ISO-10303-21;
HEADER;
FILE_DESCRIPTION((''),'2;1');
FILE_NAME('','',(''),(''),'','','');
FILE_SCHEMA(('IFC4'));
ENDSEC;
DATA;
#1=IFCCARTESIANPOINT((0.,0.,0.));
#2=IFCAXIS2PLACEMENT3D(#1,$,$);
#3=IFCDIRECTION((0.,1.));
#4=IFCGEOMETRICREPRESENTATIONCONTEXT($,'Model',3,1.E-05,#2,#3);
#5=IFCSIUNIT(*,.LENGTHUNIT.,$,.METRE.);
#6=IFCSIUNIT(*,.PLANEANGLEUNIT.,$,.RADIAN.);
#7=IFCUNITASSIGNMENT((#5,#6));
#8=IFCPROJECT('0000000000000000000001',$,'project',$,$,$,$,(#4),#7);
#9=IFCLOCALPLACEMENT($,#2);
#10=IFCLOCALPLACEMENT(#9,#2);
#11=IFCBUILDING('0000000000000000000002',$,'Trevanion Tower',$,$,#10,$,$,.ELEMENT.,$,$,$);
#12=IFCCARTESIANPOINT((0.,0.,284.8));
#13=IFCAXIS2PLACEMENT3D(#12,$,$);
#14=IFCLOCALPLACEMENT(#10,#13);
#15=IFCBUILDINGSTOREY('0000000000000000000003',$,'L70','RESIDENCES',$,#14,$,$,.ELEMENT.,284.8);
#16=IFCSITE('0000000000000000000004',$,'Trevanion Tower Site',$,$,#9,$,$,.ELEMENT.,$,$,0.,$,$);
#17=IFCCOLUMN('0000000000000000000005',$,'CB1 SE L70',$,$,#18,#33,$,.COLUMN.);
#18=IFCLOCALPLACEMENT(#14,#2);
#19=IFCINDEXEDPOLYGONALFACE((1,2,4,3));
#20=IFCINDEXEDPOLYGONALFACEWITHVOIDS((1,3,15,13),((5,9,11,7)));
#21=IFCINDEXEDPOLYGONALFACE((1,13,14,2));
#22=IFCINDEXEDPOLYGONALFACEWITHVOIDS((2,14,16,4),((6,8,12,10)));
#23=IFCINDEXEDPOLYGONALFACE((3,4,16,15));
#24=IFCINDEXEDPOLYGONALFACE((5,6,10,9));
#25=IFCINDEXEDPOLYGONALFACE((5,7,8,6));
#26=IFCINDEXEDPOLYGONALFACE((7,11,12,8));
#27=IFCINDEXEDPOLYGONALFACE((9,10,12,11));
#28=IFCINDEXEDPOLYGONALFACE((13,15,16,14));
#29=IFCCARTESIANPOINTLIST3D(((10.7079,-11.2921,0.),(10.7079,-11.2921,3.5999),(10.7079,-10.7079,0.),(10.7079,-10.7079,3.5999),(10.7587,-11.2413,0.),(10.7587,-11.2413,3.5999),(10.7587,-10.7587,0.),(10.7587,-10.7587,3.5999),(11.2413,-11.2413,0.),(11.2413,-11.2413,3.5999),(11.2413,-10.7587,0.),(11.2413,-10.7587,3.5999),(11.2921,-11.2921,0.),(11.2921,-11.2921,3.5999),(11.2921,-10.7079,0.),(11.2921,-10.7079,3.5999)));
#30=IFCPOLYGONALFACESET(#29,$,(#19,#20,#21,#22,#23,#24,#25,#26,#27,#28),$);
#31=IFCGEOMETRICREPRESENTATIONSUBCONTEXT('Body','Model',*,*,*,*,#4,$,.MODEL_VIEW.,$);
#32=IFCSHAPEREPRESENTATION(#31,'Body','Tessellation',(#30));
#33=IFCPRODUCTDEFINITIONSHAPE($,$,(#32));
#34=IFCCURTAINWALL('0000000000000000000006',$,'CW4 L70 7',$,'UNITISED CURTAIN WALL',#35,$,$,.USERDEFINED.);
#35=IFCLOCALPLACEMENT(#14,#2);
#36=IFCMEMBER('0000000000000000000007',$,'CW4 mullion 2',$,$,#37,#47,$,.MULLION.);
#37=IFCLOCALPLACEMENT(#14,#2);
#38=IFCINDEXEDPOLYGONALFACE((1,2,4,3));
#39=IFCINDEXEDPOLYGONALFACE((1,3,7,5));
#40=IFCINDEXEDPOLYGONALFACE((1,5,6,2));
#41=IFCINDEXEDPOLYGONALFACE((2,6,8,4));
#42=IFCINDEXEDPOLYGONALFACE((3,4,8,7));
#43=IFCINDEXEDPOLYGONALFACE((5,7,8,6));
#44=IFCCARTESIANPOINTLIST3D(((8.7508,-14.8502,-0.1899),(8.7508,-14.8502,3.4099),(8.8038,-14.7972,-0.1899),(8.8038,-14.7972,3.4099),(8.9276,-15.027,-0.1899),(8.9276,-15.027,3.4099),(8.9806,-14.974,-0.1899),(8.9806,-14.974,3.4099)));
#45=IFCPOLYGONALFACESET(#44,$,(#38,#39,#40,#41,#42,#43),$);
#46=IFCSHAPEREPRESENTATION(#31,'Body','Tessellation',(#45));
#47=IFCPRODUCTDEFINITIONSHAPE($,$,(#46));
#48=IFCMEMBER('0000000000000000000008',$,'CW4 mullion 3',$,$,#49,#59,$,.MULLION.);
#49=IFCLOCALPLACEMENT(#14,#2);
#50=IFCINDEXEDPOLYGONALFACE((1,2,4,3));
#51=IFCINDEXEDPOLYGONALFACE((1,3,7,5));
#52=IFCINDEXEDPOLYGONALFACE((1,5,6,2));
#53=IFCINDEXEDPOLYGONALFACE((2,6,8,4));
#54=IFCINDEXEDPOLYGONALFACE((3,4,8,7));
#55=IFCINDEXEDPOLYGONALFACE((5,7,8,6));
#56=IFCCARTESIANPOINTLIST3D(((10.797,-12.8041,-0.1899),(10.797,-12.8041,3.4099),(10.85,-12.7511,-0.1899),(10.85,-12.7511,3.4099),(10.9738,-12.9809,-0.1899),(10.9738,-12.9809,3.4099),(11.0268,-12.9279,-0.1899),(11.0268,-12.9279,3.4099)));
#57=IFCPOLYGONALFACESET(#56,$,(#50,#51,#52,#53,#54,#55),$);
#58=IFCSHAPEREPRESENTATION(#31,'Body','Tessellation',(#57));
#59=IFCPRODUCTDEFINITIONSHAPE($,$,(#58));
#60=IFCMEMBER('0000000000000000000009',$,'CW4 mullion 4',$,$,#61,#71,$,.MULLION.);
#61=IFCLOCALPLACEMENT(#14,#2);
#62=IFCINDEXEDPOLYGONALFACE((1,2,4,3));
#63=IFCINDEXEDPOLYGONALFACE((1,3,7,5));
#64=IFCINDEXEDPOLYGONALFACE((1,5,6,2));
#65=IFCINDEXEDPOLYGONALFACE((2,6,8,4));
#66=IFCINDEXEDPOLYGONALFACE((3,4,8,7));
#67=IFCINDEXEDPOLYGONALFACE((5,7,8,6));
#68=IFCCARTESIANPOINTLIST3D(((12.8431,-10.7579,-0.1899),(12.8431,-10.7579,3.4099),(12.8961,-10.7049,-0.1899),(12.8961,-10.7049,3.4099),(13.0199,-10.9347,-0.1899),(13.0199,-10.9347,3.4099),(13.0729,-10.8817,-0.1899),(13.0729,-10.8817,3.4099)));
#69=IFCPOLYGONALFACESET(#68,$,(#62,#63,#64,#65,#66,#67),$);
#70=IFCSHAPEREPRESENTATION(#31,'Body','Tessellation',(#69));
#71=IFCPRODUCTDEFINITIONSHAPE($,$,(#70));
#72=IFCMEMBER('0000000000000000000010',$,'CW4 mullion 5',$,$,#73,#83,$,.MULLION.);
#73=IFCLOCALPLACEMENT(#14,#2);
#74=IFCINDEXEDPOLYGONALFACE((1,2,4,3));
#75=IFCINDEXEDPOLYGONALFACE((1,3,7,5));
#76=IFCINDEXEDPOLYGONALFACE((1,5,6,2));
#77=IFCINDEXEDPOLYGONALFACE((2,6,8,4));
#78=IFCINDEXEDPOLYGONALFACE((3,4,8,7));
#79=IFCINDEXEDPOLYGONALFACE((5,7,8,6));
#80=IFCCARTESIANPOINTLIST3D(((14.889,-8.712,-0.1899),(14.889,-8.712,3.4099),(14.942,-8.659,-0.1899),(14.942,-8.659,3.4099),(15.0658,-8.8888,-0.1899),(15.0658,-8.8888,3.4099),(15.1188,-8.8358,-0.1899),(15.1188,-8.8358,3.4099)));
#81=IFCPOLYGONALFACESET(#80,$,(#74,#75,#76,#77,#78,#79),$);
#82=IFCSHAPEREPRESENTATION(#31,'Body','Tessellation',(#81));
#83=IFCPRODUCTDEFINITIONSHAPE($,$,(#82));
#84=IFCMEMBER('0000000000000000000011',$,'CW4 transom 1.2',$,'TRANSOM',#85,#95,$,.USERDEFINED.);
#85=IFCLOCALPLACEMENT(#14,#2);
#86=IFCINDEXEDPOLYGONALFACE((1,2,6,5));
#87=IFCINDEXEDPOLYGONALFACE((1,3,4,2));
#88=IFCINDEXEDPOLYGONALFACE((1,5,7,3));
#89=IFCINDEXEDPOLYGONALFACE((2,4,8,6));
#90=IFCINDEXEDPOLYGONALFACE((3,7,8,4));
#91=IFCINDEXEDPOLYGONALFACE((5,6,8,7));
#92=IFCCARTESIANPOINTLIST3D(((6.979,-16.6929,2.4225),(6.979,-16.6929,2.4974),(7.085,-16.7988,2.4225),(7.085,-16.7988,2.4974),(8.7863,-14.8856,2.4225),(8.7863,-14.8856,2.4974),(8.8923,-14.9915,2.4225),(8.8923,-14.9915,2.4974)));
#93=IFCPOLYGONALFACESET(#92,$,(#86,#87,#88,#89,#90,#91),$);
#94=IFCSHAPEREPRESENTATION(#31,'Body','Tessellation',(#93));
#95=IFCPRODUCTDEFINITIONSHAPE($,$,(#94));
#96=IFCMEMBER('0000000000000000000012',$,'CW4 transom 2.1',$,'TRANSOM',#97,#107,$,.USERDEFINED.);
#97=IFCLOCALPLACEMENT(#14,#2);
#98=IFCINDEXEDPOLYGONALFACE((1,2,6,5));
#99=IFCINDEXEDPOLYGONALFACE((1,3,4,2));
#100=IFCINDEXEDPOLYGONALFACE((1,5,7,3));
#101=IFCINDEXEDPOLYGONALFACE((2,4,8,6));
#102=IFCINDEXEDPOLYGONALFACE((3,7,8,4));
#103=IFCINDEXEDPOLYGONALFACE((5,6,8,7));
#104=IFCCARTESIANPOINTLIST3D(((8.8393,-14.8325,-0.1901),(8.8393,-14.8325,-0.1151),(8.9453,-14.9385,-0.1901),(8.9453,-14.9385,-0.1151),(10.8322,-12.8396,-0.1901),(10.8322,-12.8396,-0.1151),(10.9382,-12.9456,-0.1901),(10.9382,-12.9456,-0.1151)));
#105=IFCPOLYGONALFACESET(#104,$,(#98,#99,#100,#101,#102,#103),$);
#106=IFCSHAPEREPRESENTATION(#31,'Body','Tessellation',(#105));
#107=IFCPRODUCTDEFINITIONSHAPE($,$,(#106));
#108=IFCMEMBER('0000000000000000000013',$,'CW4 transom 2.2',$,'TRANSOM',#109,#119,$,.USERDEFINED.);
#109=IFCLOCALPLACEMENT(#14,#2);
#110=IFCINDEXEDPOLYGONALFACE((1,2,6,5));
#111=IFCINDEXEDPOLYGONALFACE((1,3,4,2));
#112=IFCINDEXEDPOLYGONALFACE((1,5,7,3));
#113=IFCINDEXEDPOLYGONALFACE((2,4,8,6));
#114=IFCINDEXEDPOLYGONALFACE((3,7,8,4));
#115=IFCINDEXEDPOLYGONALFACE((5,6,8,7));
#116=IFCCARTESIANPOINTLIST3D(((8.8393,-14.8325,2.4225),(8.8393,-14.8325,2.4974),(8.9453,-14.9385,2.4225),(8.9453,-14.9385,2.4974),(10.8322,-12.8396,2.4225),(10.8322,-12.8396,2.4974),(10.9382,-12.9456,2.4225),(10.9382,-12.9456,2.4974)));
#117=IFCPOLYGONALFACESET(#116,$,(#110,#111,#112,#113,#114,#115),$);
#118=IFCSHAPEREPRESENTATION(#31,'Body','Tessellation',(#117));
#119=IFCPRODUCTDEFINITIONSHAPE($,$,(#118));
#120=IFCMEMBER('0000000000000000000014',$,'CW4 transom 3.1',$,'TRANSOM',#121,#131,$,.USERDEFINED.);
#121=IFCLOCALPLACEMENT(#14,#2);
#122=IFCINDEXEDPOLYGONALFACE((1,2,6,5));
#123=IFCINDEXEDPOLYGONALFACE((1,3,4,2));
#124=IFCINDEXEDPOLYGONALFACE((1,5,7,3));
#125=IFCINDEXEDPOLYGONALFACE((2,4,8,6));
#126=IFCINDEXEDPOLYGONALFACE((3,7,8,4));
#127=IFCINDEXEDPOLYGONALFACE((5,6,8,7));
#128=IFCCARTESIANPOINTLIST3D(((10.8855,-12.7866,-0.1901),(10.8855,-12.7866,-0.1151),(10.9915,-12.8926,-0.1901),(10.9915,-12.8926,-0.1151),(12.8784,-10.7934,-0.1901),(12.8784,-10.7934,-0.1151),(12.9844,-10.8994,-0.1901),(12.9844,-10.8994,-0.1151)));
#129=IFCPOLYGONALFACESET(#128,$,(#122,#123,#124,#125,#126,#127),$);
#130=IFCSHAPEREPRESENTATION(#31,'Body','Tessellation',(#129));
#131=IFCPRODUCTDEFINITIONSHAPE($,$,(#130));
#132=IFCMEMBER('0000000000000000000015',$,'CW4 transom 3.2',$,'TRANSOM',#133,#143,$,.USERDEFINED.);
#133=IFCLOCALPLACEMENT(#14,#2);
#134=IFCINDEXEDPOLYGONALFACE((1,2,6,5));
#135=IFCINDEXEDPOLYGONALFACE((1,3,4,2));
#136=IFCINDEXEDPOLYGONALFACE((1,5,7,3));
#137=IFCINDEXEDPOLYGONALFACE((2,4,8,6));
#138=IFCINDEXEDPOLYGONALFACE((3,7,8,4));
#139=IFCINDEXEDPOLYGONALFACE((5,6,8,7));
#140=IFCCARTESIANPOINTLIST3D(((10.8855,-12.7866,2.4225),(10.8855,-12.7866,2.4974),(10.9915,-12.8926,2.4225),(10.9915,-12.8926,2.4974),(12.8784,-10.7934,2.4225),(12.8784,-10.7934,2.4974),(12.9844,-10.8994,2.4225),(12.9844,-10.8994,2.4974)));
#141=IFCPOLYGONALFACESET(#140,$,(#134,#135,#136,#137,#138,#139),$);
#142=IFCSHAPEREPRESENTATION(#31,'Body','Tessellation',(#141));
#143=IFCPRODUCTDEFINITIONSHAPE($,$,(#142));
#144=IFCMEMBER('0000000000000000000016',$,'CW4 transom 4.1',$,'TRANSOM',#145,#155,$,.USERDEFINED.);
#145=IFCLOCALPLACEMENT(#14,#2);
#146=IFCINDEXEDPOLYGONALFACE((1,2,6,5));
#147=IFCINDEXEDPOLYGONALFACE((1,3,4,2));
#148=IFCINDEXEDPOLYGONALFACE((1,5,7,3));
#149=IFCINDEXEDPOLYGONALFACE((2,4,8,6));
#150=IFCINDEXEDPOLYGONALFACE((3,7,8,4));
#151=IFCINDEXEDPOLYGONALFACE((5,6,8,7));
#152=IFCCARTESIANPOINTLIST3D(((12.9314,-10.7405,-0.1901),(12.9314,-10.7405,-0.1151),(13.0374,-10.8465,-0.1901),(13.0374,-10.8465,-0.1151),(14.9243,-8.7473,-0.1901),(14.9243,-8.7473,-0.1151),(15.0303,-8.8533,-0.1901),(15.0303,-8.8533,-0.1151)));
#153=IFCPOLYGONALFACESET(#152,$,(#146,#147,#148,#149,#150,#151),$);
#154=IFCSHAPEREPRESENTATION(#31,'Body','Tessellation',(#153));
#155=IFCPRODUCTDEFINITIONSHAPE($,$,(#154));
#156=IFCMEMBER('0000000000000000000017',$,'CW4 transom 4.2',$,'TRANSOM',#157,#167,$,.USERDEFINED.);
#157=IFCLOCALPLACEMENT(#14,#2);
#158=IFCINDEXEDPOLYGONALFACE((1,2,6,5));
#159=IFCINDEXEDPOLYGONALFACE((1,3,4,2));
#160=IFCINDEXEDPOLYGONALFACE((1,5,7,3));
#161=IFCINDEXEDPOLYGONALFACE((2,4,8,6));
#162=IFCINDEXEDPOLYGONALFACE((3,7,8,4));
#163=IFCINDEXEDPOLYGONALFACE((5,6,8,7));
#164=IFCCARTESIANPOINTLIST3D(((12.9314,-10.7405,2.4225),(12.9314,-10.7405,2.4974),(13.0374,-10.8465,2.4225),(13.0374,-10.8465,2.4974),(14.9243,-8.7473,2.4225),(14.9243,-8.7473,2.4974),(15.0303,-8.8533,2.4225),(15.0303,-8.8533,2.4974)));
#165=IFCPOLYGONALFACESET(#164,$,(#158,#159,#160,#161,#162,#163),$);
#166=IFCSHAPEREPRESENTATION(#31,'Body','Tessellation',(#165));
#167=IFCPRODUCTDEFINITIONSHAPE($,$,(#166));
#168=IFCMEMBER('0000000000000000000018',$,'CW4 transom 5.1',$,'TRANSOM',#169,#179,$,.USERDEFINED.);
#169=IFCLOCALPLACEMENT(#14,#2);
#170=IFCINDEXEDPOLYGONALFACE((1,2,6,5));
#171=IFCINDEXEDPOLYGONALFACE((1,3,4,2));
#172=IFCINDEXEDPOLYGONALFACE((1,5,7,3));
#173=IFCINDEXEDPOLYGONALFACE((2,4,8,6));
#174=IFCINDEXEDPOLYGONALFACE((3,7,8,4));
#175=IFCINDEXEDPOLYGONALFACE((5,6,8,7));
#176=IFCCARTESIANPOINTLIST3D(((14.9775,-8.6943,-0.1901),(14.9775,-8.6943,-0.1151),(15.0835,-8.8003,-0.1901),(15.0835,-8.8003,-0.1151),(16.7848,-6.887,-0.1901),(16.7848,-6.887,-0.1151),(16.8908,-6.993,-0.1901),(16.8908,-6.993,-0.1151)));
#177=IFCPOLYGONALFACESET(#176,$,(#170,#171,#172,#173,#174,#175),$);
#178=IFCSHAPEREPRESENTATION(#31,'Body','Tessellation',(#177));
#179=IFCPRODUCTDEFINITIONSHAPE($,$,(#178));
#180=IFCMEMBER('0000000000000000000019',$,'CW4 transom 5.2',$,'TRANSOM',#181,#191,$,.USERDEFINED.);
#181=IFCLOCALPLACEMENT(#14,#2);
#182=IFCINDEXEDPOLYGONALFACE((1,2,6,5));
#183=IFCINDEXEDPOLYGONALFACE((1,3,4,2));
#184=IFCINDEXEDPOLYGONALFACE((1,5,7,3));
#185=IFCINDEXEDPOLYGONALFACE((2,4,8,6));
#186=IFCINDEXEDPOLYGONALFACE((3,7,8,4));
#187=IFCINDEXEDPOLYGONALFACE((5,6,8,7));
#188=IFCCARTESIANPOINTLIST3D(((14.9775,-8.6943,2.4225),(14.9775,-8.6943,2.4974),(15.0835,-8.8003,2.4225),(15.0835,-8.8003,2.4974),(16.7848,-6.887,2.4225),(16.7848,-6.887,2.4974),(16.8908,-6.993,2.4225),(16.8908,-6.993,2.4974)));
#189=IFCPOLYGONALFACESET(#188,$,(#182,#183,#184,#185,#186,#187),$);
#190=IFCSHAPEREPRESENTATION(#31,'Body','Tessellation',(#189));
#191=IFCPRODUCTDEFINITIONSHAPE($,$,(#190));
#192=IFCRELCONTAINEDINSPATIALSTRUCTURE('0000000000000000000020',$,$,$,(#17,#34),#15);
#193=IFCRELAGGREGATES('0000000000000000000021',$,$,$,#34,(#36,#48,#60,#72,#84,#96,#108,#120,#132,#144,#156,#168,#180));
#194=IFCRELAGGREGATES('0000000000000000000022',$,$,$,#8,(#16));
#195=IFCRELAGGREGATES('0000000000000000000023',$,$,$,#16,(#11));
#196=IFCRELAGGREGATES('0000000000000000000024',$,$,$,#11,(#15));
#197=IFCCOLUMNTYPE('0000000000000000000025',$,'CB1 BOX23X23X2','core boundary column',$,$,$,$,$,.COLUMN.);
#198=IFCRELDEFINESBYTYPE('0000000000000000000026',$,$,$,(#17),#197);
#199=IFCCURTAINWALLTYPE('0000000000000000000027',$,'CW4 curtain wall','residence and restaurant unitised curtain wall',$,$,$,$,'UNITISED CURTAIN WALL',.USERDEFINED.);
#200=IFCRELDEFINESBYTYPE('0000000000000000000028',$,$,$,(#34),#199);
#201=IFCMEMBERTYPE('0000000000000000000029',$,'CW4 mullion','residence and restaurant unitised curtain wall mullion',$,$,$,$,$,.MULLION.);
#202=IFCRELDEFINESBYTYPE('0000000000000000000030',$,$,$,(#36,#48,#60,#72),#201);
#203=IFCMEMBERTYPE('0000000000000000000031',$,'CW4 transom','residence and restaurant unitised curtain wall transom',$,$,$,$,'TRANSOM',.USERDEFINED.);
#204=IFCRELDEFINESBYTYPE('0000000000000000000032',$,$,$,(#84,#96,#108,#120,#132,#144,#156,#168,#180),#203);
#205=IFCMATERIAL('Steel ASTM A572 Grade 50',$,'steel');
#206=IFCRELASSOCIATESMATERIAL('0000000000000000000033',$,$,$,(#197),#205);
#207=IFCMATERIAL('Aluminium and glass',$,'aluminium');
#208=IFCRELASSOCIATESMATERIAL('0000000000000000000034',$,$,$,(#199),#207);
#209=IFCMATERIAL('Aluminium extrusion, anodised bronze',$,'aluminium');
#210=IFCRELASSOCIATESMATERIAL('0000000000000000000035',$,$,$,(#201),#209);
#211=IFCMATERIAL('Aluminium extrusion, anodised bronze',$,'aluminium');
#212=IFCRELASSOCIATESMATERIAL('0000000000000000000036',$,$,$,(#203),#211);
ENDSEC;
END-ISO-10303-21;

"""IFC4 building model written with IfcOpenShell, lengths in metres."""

from ifc_helpers import new_model, si_unit, direction, frame, origin, origin_2d, place, context, subcontext, project, spatial, rectangle, hollow_rectangle, extrude, material, material_profile, profile_set, type_object, element, aggregate, save


model = new_model("IFC4")

# Units and contexts
model_context = context("Model", 3, precision=1e-05, world=origin(), true_north=direction((0.0, 1.0)))
body_context = subcontext(model_context, "Body", "Model", "MODEL_VIEW")
ifc_project = project(units=[si_unit("LENGTHUNIT", "METRE"), si_unit("PLANEANGLEUNIT", "RADIAN")], contexts=[model_context])

# Site, building, storey
site_placement = place(None, origin())
site = spatial("IfcSite", under=ifc_project, at=site_placement, Name="Trevanion Tower Site", CompositionType="ELEMENT", RefElevation=0.0)
building_placement = place(site_placement, origin())
building = spatial("IfcBuilding", under=site, at=building_placement, Name="Trevanion Tower", CompositionType="ELEMENT")
storey_placement = place(building_placement, frame((0.0, 0.0, 284.8)))
storey = spatial("IfcBuildingStorey", under=building, at=storey_placement, Name="L70", Description="RESIDENCES", CompositionType="ELEMENT", Elevation=284.8)

# Column
ifc_material_1 = material(Name="Steel ASTM A572 Grade 50", Category="steel")
ifc_material_profile_1 = material_profile(ifc_material_1, hollow_rectangle(XDim=0.5842, YDim=0.5842, WallThickness=0.0508, at=origin_2d()), Name="BOX23X23X2")
ifc_profile_set_1 = profile_set([ifc_material_profile_1], Name="Steel ASTM A572 Grade 50")
column_type = type_object("IfcColumnType", Name="CB1 BOX23X23X2", Description="core boundary column", PredefinedType="COLUMN", material=ifc_profile_set_1)
column_placement = place(storey_placement, frame((11.0, -11.0, 0.0), z_axis=(0.0, 0.0, 1.0), x_axis=(1.0, 0.0, 0.0)))
element("IfcColumn", 1, at=column_placement, inside=storey, type_object=column_type, Name="CB1 SE L70", PredefinedType="COLUMN", context=body_context, shape_type="SweptSolid", body=[
    extrude(hollow_rectangle(XDim=0.5842, YDim=0.5842, WallThickness=0.0508, at=origin_2d()), origin(), (0.0, 0.0, 1.0), 3.5999),
])

# Curtain wall, members
ifc_material_2 = material(Name="Aluminium and glass", Category="aluminium")
curtain_wall_type = type_object("IfcCurtainWallType", Name="CW4 curtain wall", Description="residence and restaurant unitised curtain wall", ElementType="UNITISED CURTAIN WALL", PredefinedType="USERDEFINED", material=ifc_material_2)
curtain_wall_placement = place(storey_placement, origin())
curtain_wall = element("IfcCurtainWall", 2, at=curtain_wall_placement, inside=storey, type_object=curtain_wall_type, Name="CW4 L70 7", ObjectType="UNITISED CURTAIN WALL", PredefinedType="USERDEFINED")
ifc_material_3 = material(Name="Aluminium extrusion, anodised bronze", Category="aluminium")
ifc_material_profile_2 = material_profile(ifc_material_3, rectangle(XDim=0.075, YDim=0.25, at=origin_2d()), Name="CW4 mullion")
ifc_profile_set_2 = profile_set([ifc_material_profile_2], Name="Aluminium extrusion, anodised bronze")
member_type_1 = type_object("IfcMemberType", Name="CW4 mullion", Description="residence and restaurant unitised curtain wall mullion", PredefinedType="MULLION", material=ifc_profile_set_2)
member_1_placement = place(storey_placement, frame((8.8657, -14.9121, -0.1899), z_axis=(0.0, 0.0, 1.0), x_axis=(0.707107, 0.707107, 0.0)))
member_1 = element("IfcMember", 3, at=member_1_placement, type_object=member_type_1, Name="CW4 mullion 2", PredefinedType="MULLION", context=body_context, shape_type="SweptSolid", body=[
    extrude(rectangle(XDim=0.075, YDim=0.25, at=origin_2d()), origin(), (0.0, 0.0, 1.0), 3.5999),
])
member_2_placement = place(storey_placement, frame((10.9119, -12.866, -0.1899), z_axis=(0.0, 0.0, 1.0), x_axis=(0.707107, 0.707107, 0.0)))
member_2 = element("IfcMember", 4, at=member_2_placement, type_object=member_type_1, Name="CW4 mullion 3", PredefinedType="MULLION", context=body_context, shape_type="SweptSolid", body=[
    extrude(rectangle(XDim=0.075, YDim=0.25, at=origin_2d()), origin(), (0.0, 0.0, 1.0), 3.5999),
])
member_3_placement = place(storey_placement, frame((12.958, -10.8198, -0.1899), z_axis=(0.0, 0.0, 1.0), x_axis=(0.707107, 0.707107, 0.0)))
member_3 = element("IfcMember", 5, at=member_3_placement, type_object=member_type_1, Name="CW4 mullion 4", PredefinedType="MULLION", context=body_context, shape_type="SweptSolid", body=[
    extrude(rectangle(XDim=0.075, YDim=0.25, at=origin_2d()), origin(), (0.0, 0.0, 1.0), 3.5999),
])
member_4_placement = place(storey_placement, frame((15.0039, -8.7739, -0.1899), z_axis=(0.0, 0.0, 1.0), x_axis=(0.707107, 0.707107, 0.0)))
member_4 = element("IfcMember", 6, at=member_4_placement, type_object=member_type_1, Name="CW4 mullion 5", PredefinedType="MULLION", context=body_context, shape_type="SweptSolid", body=[
    extrude(rectangle(XDim=0.075, YDim=0.25, at=origin_2d()), origin(), (0.0, 0.0, 1.0), 3.5999),
])
ifc_material_4 = material(Name="Aluminium extrusion, anodised bronze", Category="aluminium")
ifc_material_profile_3 = material_profile(ifc_material_4, rectangle(XDim=0.1499, YDim=0.075, at=origin_2d()), Name="CW4 transom")
ifc_profile_set_3 = profile_set([ifc_material_profile_3], Name="Aluminium extrusion, anodised bronze")
member_type_2 = type_object("IfcMemberType", Name="CW4 transom", Description="residence and restaurant unitised curtain wall transom", ElementType="TRANSOM", PredefinedType="USERDEFINED", material=ifc_profile_set_3)
member_5_placement = place(storey_placement, frame((7.032, -16.7458, 2.46), z_axis=(0.707107, 0.707107, 0.0), x_axis=(-0.707107, 0.707107, 0.0)))
member_5 = element("IfcMember", 7, at=member_5_placement, type_object=member_type_2, Name="CW4 transom 1.2", ObjectType="TRANSOM", PredefinedType="USERDEFINED", context=body_context, shape_type="SweptSolid", body=[
    extrude(rectangle(XDim=0.1499, YDim=0.075, at=origin_2d()), origin(), (0.0, 0.0, 1.0), 2.5559),
])
member_6_placement = place(storey_placement, frame((8.8923, -14.8855, -0.1526), z_axis=(0.707107, 0.707107, 0.0), x_axis=(-0.707107, 0.707107, 0.0)))
member_6 = element("IfcMember", 8, at=member_6_placement, type_object=member_type_2, Name="CW4 transom 2.1", ObjectType="TRANSOM", PredefinedType="USERDEFINED", context=body_context, shape_type="SweptSolid", body=[
    extrude(rectangle(XDim=0.1499, YDim=0.075, at=origin_2d()), origin(), (0.0, 0.0, 1.0), 2.8184),
])
member_7_placement = place(storey_placement, frame((8.8923, -14.8855, 2.46), z_axis=(0.707107, 0.707107, 0.0), x_axis=(-0.707107, 0.707107, 0.0)))
member_7 = element("IfcMember", 9, at=member_7_placement, type_object=member_type_2, Name="CW4 transom 2.2", ObjectType="TRANSOM", PredefinedType="USERDEFINED", context=body_context, shape_type="SweptSolid", body=[
    extrude(rectangle(XDim=0.1499, YDim=0.075, at=origin_2d()), origin(), (0.0, 0.0, 1.0), 2.8184),
])
member_8_placement = place(storey_placement, frame((10.9385, -12.8396, -0.1526), z_axis=(0.707063, 0.70715, 0.0), x_axis=(-0.70715, 0.707063, 0.0)))
member_8 = element("IfcMember", 10, at=member_8_placement, type_object=member_type_2, Name="CW4 transom 3.1", ObjectType="TRANSOM", PredefinedType="USERDEFINED", context=body_context, shape_type="SweptSolid", body=[
    extrude(rectangle(XDim=0.1499, YDim=0.075, at=origin_2d()), origin(), (0.0, 0.0, 1.0), 2.8186),
])
member_9_placement = place(storey_placement, frame((10.9385, -12.8396, 2.46), z_axis=(0.707063, 0.70715, 0.0), x_axis=(-0.70715, 0.707063, 0.0)))
member_9 = element("IfcMember", 11, at=member_9_placement, type_object=member_type_2, Name="CW4 transom 3.2", ObjectType="TRANSOM", PredefinedType="USERDEFINED", context=body_context, shape_type="SweptSolid", body=[
    extrude(rectangle(XDim=0.1499, YDim=0.075, at=origin_2d()), origin(), (0.0, 0.0, 1.0), 2.8186),
])
member_10_placement = place(storey_placement, frame((12.9844, -10.7935, -0.1526), z_axis=(0.707063, 0.70715, 0.0), x_axis=(-0.70715, 0.707063, 0.0)))
member_10 = element("IfcMember", 12, at=member_10_placement, type_object=member_type_2, Name="CW4 transom 4.1", ObjectType="TRANSOM", PredefinedType="USERDEFINED", context=body_context, shape_type="SweptSolid", body=[
    extrude(rectangle(XDim=0.1499, YDim=0.075, at=origin_2d()), origin(), (0.0, 0.0, 1.0), 2.8186),
])
member_11_placement = place(storey_placement, frame((12.9844, -10.7935, 2.46), z_axis=(0.707063, 0.70715, 0.0), x_axis=(-0.70715, 0.707063, 0.0)))
member_11 = element("IfcMember", 13, at=member_11_placement, type_object=member_type_2, Name="CW4 transom 4.2", ObjectType="TRANSOM", PredefinedType="USERDEFINED", context=body_context, shape_type="SweptSolid", body=[
    extrude(rectangle(XDim=0.1499, YDim=0.075, at=origin_2d()), origin(), (0.0, 0.0, 1.0), 2.8186),
])
member_12_placement = place(storey_placement, frame((15.0305, -8.7473, -0.1526), z_axis=(0.707107, 0.707107, 0.0), x_axis=(-0.707107, 0.707107, 0.0)))
member_12 = element("IfcMember", 14, at=member_12_placement, type_object=member_type_2, Name="CW4 transom 5.1", ObjectType="TRANSOM", PredefinedType="USERDEFINED", context=body_context, shape_type="SweptSolid", body=[
    extrude(rectangle(XDim=0.1499, YDim=0.075, at=origin_2d()), origin(), (0.0, 0.0, 1.0), 2.5559),
])
member_13_placement = place(storey_placement, frame((15.0305, -8.7473, 2.46), z_axis=(0.707107, 0.707107, 0.0), x_axis=(-0.707107, 0.707107, 0.0)))
member_13 = element("IfcMember", 15, at=member_13_placement, type_object=member_type_2, Name="CW4 transom 5.2", ObjectType="TRANSOM", PredefinedType="USERDEFINED", context=body_context, shape_type="SweptSolid", body=[
    extrude(rectangle(XDim=0.1499, YDim=0.075, at=origin_2d()), origin(), (0.0, 0.0, 1.0), 2.5559),
])

aggregate(curtain_wall, [member_1, member_2, member_3, member_4, member_5, member_6, member_7, member_8, member_9, member_10, member_11, member_12, member_13])

save(model, "model.ifc")
